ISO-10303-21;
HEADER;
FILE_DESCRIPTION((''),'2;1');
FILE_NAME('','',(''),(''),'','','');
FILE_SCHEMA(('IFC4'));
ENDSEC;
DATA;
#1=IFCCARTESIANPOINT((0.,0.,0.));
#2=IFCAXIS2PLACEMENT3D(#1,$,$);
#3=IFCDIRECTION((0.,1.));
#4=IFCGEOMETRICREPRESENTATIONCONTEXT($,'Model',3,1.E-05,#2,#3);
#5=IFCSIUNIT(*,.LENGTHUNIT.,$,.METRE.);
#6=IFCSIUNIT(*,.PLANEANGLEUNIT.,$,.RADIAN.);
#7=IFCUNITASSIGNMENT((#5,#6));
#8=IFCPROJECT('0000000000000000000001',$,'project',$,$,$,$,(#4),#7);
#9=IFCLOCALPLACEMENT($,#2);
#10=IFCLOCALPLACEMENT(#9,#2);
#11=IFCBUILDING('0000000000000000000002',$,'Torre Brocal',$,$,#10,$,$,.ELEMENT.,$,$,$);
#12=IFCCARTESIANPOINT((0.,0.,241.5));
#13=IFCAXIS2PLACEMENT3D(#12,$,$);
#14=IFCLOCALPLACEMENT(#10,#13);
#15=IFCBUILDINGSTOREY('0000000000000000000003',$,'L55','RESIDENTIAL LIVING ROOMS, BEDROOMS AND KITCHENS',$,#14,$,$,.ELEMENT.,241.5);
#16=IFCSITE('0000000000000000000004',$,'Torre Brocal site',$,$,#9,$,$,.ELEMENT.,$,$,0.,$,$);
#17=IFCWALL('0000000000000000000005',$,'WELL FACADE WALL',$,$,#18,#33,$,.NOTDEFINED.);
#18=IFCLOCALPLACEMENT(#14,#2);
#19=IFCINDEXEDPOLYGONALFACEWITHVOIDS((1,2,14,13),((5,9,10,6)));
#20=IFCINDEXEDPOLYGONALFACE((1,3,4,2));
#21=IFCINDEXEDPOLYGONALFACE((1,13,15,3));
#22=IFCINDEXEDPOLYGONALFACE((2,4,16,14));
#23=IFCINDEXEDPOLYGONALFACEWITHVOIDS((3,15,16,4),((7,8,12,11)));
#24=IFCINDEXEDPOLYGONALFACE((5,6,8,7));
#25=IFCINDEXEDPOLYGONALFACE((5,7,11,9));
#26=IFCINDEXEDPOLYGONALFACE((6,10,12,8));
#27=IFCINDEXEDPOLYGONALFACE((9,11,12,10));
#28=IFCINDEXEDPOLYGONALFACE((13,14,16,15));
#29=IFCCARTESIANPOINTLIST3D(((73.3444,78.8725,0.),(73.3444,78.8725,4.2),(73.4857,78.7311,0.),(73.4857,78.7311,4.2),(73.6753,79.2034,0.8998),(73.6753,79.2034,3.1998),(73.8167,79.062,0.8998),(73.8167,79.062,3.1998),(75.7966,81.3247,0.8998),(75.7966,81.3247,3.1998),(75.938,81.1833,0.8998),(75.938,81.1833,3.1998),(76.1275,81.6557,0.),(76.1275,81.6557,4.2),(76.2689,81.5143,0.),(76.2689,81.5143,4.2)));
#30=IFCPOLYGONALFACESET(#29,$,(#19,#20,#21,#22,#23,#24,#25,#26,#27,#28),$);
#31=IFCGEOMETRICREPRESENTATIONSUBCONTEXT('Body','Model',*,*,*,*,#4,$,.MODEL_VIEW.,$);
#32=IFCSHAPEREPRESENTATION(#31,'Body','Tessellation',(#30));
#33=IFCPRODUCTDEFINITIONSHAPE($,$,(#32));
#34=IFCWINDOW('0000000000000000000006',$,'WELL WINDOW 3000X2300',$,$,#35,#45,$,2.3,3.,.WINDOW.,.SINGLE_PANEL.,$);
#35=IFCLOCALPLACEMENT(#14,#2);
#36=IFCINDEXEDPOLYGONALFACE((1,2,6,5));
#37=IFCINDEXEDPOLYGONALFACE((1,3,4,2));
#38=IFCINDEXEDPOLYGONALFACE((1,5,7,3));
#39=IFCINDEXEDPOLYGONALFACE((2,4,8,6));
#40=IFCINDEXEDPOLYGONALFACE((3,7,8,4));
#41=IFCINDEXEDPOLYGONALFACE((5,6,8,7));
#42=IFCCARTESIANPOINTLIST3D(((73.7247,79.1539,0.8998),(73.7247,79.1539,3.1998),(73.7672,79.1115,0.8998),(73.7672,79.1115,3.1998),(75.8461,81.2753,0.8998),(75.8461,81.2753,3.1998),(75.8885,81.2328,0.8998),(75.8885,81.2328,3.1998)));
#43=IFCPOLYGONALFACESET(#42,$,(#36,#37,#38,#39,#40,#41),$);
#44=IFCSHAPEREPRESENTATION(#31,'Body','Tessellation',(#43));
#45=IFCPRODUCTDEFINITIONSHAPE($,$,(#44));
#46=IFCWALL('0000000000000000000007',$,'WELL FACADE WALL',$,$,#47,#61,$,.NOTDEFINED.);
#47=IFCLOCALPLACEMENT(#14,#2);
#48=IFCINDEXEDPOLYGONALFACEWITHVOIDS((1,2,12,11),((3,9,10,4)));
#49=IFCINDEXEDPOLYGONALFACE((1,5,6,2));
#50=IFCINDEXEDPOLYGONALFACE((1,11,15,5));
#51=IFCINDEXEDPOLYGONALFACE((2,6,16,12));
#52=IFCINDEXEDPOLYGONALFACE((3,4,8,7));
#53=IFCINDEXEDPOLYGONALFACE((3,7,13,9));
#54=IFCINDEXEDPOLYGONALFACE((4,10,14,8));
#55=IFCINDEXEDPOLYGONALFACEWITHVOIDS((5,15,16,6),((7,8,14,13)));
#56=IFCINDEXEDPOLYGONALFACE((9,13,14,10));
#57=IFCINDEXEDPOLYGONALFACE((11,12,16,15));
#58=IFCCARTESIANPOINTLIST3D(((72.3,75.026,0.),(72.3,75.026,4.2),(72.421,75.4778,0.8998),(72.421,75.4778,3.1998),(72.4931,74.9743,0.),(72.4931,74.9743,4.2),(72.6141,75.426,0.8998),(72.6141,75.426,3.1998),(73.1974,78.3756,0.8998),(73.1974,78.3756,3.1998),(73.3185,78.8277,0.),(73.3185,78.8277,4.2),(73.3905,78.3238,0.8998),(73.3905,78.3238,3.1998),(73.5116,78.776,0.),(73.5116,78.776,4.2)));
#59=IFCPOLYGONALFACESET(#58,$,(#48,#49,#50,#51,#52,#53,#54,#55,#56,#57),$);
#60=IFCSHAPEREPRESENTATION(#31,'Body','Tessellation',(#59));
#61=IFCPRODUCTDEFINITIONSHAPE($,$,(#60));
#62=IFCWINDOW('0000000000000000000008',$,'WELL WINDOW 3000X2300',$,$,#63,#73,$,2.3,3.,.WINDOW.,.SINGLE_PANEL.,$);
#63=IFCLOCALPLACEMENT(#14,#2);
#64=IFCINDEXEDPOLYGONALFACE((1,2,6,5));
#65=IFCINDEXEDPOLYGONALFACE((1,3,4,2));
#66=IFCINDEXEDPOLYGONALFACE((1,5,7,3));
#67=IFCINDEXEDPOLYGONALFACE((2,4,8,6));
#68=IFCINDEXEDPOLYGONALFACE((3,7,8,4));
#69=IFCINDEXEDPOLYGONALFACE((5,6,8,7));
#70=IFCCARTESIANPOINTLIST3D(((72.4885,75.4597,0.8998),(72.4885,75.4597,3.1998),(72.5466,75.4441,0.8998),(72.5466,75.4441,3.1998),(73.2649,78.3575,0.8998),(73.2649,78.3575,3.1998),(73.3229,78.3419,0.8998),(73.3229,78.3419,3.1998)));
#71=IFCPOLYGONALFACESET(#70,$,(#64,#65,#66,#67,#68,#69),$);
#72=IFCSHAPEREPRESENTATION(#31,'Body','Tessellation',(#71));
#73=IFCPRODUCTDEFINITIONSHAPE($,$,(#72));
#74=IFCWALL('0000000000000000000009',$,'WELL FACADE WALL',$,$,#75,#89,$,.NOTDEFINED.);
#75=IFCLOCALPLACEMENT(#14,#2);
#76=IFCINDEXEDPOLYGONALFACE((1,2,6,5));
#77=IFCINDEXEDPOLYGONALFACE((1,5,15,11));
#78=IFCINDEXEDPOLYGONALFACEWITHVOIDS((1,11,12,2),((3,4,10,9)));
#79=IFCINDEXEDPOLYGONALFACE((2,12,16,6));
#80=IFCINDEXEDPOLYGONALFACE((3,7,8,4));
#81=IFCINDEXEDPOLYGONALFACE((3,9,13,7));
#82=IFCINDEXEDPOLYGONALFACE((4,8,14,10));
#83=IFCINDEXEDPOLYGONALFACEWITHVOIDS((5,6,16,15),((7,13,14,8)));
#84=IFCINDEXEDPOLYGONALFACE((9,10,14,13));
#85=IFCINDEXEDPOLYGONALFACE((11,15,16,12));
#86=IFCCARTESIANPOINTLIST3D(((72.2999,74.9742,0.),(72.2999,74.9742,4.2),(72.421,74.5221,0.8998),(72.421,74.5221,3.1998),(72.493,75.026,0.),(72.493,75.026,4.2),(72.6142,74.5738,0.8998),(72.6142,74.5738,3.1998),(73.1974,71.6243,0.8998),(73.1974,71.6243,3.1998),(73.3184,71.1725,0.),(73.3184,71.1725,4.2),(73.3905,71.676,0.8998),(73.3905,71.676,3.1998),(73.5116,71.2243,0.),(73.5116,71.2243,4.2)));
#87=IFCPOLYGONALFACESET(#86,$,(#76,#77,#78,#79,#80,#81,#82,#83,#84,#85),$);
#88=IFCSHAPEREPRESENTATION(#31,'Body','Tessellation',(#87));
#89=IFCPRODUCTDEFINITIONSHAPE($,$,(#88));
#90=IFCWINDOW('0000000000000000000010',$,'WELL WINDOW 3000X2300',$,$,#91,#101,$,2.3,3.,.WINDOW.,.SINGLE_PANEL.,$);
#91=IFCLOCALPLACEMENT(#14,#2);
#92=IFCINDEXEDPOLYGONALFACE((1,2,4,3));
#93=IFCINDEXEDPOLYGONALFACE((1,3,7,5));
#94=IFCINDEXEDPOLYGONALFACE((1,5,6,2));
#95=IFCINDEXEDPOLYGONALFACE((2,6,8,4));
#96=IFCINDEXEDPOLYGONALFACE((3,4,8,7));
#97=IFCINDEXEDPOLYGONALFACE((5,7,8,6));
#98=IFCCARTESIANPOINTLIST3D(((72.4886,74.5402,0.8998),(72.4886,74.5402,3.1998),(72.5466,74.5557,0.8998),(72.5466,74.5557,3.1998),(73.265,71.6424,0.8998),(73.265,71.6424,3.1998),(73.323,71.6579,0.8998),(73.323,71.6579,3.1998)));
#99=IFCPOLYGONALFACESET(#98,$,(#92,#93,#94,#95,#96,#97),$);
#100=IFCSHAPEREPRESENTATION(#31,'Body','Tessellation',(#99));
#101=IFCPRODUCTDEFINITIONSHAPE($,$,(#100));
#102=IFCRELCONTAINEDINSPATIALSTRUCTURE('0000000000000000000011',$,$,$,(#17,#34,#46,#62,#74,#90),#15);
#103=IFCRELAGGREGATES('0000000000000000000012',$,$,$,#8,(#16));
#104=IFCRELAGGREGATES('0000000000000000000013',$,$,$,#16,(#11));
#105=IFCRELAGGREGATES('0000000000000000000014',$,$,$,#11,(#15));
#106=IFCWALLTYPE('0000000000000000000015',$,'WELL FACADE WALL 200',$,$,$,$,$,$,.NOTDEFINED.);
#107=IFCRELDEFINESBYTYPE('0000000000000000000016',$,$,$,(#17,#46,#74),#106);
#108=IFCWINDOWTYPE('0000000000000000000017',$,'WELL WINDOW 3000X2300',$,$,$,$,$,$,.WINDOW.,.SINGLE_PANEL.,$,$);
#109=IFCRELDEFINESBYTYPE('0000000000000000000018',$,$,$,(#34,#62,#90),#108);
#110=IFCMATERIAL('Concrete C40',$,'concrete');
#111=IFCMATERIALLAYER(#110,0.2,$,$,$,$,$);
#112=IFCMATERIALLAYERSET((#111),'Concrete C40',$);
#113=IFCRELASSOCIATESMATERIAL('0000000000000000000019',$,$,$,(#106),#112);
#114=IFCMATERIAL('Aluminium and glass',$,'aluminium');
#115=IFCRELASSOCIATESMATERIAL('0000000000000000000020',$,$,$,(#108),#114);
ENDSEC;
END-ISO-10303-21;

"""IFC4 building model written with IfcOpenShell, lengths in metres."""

from ifc_helpers import new_model, si_unit, direction, frame, frame_2d, origin, place, context, subcontext, project, spatial, rectangle, extrude, material, layer, layer_set, type_object, element, fill, save


model = new_model("IFC4")

# Units and contexts
model_context = context("Model", 3, precision=1e-05, world=origin(), true_north=direction((0.0, 1.0)))
body_context = subcontext(model_context, "Body", "Model", "MODEL_VIEW")
ifc_project = project(units=[si_unit("LENGTHUNIT", "METRE"), si_unit("PLANEANGLEUNIT", "RADIAN")], contexts=[model_context])

# Site, building, storey
site_placement = place(None, origin())
site = spatial("IfcSite", under=ifc_project, at=site_placement, Name="Torre Brocal site", CompositionType="ELEMENT", RefElevation=0.0)
building_placement = place(site_placement, origin())
building = spatial("IfcBuilding", under=site, at=building_placement, Name="Torre Brocal", CompositionType="ELEMENT")
storey_placement = place(building_placement, frame((0.0, 0.0, 241.5)))
storey = spatial("IfcBuildingStorey", under=building, at=storey_placement, Name="L55", Description="RESIDENTIAL LIVING ROOMS, BEDROOMS AND KITCHENS", CompositionType="ELEMENT", Elevation=241.5)

# Walls, openings, windows
ifc_material_1 = material(Name="Concrete C40", Category="concrete")
ifc_layer_1 = layer(ifc_material_1, 0.2)
ifc_layer_set_1 = layer_set([ifc_layer_1], Name="Concrete C40")
wall_type_1 = type_object("IfcWallType", Name="WELL FACADE WALL 200", PredefinedType="NOTDEFINED", material=ifc_layer_set_1)
wall_1_placement = place(storey_placement, frame((76.1982, 81.585, 0.0), z_axis=(0.0, 0.0, 1.0), x_axis=(-0.707107, -0.707107, 0.0)))
wall_1 = element("IfcWall", 1, at=wall_1_placement, inside=storey, type_object=wall_type_1, Name="WELL FACADE WALL", PredefinedType="NOTDEFINED", context=body_context, shape_type="SweptSolid", body=[
    extrude(rectangle(XDim=3.936, YDim=0.2, at=frame_2d((1.968, 0.0))), origin(), (0.0, 0.0, 1.0), 4.2),
])
opening_1_placement = place(wall_1_placement, frame((0.468, 0.0, 0.8999)))
opening_1 = element("IfcOpeningElement", 2, at=opening_1_placement, cuts=wall_1, PredefinedType="OPENING", context=body_context, shape_type="SweptSolid", body=[
    extrude(rectangle(XDim=3.0, YDim=2.3, at=frame_2d((1.5, 1.1499))), frame((0.0, 0.1099, 0.0), z_axis=(0.0, -1.0, 0.0), x_axis=(1.0, 0.0, 0.0)), (0.0, 0.0, 1.0), 0.22),
])
ifc_material_2 = material(Name="Aluminium and glass", Category="aluminium")
window_type = type_object("IfcWindowType", Name="WELL WINDOW 3000X2300", PartitioningType="SINGLE_PANEL", PredefinedType="WINDOW", material=ifc_material_2)
window_1_placement = place(opening_1_placement, origin())
window_1 = element("IfcWindow", 3, at=window_1_placement, inside=storey, type_object=window_type, Name="WELL WINDOW 3000X2300", OverallHeight=2.3, OverallWidth=3.0, PartitioningType="SINGLE_PANEL", PredefinedType="WINDOW", context=body_context, shape_type="SweptSolid", body=[
    extrude(rectangle(XDim=3.0, YDim=2.3, at=frame_2d((1.5, 1.1499))), frame((0.0, 0.03, 0.0), z_axis=(0.0, -1.0, 0.0), x_axis=(1.0, 0.0, 0.0)), (0.0, 0.0, 1.0), 0.0601),
])
fill(opening_1, window_1)
wall_2_placement = place(storey_placement, frame((73.415, 78.8018, 0.0), z_axis=(0.0, 0.0, 1.0), x_axis=(-0.25879, -0.965934, 0.0)))
wall_2 = element("IfcWall", 4, at=wall_2_placement, inside=storey, type_object=wall_type_1, Name="WELL FACADE WALL", PredefinedType="NOTDEFINED", context=body_context, shape_type="SweptSolid", body=[
    extrude(rectangle(XDim=3.9358, YDim=0.2, at=frame_2d((1.9678, 0.0))), origin(), (0.0, 0.0, 1.0), 4.2),
])
opening_2_placement = place(wall_2_placement, frame((0.468, 0.0, 0.8999)))
opening_2 = element("IfcOpeningElement", 5, at=opening_2_placement, cuts=wall_2, PredefinedType="OPENING", context=body_context, shape_type="SweptSolid", body=[
    extrude(rectangle(XDim=3.0, YDim=2.3, at=frame_2d((1.5, 1.1499))), frame((0.0, 0.1099, 0.0), z_axis=(0.0, -1.0, 0.0), x_axis=(1.0, 0.0, 0.0)), (0.0, 0.0, 1.0), 0.22),
])
window_2_placement = place(opening_2_placement, origin())
window_2 = element("IfcWindow", 6, at=window_2_placement, inside=storey, type_object=window_type, Name="WELL WINDOW 3000X2300", OverallHeight=2.3, OverallWidth=3.0, PartitioningType="SINGLE_PANEL", PredefinedType="WINDOW", context=body_context, shape_type="SweptSolid", body=[
    extrude(rectangle(XDim=3.0, YDim=2.3, at=frame_2d((1.5, 1.1499))), frame((0.0, 0.03, 0.0), z_axis=(0.0, -1.0, 0.0), x_axis=(1.0, 0.0, 0.0)), (0.0, 0.0, 1.0), 0.0601),
])
fill(opening_2, window_2)
wall_3_placement = place(storey_placement, frame((72.3965, 75.0, 0.0), z_axis=(0.0, 0.0, 1.0), x_axis=(0.25879, -0.965934, 0.0)))
wall_3 = element("IfcWall", 7, at=wall_3_placement, inside=storey, type_object=wall_type_1, Name="WELL FACADE WALL", PredefinedType="NOTDEFINED", context=body_context, shape_type="SweptSolid", body=[
    extrude(rectangle(XDim=3.9358, YDim=0.2, at=frame_2d((1.9678, 0.0))), origin(), (0.0, 0.0, 1.0), 4.2),
])
opening_3_placement = place(wall_3_placement, frame((0.468, 0.0, 0.8999)))
opening_3 = element("IfcOpeningElement", 8, at=opening_3_placement, cuts=wall_3, PredefinedType="OPENING", context=body_context, shape_type="SweptSolid", body=[
    extrude(rectangle(XDim=3.0, YDim=2.3, at=frame_2d((1.5, 1.1499))), frame((0.0, 0.1099, 0.0), z_axis=(0.0, -1.0, 0.0), x_axis=(1.0, 0.0, 0.0)), (0.0, 0.0, 1.0), 0.22),
])
window_3_placement = place(opening_3_placement, origin())
window_3 = element("IfcWindow", 9, at=window_3_placement, inside=storey, type_object=window_type, Name="WELL WINDOW 3000X2300", OverallHeight=2.3, OverallWidth=3.0, PartitioningType="SINGLE_PANEL", PredefinedType="WINDOW", context=body_context, shape_type="SweptSolid", body=[
    extrude(rectangle(XDim=3.0, YDim=2.3, at=frame_2d((1.5, 1.1499))), frame((0.0, 0.03, 0.0), z_axis=(0.0, -1.0, 0.0), x_axis=(1.0, 0.0, 0.0)), (0.0, 0.0, 1.0), 0.0601),
])
fill(opening_3, window_3)

save(model, "model.ifc")
